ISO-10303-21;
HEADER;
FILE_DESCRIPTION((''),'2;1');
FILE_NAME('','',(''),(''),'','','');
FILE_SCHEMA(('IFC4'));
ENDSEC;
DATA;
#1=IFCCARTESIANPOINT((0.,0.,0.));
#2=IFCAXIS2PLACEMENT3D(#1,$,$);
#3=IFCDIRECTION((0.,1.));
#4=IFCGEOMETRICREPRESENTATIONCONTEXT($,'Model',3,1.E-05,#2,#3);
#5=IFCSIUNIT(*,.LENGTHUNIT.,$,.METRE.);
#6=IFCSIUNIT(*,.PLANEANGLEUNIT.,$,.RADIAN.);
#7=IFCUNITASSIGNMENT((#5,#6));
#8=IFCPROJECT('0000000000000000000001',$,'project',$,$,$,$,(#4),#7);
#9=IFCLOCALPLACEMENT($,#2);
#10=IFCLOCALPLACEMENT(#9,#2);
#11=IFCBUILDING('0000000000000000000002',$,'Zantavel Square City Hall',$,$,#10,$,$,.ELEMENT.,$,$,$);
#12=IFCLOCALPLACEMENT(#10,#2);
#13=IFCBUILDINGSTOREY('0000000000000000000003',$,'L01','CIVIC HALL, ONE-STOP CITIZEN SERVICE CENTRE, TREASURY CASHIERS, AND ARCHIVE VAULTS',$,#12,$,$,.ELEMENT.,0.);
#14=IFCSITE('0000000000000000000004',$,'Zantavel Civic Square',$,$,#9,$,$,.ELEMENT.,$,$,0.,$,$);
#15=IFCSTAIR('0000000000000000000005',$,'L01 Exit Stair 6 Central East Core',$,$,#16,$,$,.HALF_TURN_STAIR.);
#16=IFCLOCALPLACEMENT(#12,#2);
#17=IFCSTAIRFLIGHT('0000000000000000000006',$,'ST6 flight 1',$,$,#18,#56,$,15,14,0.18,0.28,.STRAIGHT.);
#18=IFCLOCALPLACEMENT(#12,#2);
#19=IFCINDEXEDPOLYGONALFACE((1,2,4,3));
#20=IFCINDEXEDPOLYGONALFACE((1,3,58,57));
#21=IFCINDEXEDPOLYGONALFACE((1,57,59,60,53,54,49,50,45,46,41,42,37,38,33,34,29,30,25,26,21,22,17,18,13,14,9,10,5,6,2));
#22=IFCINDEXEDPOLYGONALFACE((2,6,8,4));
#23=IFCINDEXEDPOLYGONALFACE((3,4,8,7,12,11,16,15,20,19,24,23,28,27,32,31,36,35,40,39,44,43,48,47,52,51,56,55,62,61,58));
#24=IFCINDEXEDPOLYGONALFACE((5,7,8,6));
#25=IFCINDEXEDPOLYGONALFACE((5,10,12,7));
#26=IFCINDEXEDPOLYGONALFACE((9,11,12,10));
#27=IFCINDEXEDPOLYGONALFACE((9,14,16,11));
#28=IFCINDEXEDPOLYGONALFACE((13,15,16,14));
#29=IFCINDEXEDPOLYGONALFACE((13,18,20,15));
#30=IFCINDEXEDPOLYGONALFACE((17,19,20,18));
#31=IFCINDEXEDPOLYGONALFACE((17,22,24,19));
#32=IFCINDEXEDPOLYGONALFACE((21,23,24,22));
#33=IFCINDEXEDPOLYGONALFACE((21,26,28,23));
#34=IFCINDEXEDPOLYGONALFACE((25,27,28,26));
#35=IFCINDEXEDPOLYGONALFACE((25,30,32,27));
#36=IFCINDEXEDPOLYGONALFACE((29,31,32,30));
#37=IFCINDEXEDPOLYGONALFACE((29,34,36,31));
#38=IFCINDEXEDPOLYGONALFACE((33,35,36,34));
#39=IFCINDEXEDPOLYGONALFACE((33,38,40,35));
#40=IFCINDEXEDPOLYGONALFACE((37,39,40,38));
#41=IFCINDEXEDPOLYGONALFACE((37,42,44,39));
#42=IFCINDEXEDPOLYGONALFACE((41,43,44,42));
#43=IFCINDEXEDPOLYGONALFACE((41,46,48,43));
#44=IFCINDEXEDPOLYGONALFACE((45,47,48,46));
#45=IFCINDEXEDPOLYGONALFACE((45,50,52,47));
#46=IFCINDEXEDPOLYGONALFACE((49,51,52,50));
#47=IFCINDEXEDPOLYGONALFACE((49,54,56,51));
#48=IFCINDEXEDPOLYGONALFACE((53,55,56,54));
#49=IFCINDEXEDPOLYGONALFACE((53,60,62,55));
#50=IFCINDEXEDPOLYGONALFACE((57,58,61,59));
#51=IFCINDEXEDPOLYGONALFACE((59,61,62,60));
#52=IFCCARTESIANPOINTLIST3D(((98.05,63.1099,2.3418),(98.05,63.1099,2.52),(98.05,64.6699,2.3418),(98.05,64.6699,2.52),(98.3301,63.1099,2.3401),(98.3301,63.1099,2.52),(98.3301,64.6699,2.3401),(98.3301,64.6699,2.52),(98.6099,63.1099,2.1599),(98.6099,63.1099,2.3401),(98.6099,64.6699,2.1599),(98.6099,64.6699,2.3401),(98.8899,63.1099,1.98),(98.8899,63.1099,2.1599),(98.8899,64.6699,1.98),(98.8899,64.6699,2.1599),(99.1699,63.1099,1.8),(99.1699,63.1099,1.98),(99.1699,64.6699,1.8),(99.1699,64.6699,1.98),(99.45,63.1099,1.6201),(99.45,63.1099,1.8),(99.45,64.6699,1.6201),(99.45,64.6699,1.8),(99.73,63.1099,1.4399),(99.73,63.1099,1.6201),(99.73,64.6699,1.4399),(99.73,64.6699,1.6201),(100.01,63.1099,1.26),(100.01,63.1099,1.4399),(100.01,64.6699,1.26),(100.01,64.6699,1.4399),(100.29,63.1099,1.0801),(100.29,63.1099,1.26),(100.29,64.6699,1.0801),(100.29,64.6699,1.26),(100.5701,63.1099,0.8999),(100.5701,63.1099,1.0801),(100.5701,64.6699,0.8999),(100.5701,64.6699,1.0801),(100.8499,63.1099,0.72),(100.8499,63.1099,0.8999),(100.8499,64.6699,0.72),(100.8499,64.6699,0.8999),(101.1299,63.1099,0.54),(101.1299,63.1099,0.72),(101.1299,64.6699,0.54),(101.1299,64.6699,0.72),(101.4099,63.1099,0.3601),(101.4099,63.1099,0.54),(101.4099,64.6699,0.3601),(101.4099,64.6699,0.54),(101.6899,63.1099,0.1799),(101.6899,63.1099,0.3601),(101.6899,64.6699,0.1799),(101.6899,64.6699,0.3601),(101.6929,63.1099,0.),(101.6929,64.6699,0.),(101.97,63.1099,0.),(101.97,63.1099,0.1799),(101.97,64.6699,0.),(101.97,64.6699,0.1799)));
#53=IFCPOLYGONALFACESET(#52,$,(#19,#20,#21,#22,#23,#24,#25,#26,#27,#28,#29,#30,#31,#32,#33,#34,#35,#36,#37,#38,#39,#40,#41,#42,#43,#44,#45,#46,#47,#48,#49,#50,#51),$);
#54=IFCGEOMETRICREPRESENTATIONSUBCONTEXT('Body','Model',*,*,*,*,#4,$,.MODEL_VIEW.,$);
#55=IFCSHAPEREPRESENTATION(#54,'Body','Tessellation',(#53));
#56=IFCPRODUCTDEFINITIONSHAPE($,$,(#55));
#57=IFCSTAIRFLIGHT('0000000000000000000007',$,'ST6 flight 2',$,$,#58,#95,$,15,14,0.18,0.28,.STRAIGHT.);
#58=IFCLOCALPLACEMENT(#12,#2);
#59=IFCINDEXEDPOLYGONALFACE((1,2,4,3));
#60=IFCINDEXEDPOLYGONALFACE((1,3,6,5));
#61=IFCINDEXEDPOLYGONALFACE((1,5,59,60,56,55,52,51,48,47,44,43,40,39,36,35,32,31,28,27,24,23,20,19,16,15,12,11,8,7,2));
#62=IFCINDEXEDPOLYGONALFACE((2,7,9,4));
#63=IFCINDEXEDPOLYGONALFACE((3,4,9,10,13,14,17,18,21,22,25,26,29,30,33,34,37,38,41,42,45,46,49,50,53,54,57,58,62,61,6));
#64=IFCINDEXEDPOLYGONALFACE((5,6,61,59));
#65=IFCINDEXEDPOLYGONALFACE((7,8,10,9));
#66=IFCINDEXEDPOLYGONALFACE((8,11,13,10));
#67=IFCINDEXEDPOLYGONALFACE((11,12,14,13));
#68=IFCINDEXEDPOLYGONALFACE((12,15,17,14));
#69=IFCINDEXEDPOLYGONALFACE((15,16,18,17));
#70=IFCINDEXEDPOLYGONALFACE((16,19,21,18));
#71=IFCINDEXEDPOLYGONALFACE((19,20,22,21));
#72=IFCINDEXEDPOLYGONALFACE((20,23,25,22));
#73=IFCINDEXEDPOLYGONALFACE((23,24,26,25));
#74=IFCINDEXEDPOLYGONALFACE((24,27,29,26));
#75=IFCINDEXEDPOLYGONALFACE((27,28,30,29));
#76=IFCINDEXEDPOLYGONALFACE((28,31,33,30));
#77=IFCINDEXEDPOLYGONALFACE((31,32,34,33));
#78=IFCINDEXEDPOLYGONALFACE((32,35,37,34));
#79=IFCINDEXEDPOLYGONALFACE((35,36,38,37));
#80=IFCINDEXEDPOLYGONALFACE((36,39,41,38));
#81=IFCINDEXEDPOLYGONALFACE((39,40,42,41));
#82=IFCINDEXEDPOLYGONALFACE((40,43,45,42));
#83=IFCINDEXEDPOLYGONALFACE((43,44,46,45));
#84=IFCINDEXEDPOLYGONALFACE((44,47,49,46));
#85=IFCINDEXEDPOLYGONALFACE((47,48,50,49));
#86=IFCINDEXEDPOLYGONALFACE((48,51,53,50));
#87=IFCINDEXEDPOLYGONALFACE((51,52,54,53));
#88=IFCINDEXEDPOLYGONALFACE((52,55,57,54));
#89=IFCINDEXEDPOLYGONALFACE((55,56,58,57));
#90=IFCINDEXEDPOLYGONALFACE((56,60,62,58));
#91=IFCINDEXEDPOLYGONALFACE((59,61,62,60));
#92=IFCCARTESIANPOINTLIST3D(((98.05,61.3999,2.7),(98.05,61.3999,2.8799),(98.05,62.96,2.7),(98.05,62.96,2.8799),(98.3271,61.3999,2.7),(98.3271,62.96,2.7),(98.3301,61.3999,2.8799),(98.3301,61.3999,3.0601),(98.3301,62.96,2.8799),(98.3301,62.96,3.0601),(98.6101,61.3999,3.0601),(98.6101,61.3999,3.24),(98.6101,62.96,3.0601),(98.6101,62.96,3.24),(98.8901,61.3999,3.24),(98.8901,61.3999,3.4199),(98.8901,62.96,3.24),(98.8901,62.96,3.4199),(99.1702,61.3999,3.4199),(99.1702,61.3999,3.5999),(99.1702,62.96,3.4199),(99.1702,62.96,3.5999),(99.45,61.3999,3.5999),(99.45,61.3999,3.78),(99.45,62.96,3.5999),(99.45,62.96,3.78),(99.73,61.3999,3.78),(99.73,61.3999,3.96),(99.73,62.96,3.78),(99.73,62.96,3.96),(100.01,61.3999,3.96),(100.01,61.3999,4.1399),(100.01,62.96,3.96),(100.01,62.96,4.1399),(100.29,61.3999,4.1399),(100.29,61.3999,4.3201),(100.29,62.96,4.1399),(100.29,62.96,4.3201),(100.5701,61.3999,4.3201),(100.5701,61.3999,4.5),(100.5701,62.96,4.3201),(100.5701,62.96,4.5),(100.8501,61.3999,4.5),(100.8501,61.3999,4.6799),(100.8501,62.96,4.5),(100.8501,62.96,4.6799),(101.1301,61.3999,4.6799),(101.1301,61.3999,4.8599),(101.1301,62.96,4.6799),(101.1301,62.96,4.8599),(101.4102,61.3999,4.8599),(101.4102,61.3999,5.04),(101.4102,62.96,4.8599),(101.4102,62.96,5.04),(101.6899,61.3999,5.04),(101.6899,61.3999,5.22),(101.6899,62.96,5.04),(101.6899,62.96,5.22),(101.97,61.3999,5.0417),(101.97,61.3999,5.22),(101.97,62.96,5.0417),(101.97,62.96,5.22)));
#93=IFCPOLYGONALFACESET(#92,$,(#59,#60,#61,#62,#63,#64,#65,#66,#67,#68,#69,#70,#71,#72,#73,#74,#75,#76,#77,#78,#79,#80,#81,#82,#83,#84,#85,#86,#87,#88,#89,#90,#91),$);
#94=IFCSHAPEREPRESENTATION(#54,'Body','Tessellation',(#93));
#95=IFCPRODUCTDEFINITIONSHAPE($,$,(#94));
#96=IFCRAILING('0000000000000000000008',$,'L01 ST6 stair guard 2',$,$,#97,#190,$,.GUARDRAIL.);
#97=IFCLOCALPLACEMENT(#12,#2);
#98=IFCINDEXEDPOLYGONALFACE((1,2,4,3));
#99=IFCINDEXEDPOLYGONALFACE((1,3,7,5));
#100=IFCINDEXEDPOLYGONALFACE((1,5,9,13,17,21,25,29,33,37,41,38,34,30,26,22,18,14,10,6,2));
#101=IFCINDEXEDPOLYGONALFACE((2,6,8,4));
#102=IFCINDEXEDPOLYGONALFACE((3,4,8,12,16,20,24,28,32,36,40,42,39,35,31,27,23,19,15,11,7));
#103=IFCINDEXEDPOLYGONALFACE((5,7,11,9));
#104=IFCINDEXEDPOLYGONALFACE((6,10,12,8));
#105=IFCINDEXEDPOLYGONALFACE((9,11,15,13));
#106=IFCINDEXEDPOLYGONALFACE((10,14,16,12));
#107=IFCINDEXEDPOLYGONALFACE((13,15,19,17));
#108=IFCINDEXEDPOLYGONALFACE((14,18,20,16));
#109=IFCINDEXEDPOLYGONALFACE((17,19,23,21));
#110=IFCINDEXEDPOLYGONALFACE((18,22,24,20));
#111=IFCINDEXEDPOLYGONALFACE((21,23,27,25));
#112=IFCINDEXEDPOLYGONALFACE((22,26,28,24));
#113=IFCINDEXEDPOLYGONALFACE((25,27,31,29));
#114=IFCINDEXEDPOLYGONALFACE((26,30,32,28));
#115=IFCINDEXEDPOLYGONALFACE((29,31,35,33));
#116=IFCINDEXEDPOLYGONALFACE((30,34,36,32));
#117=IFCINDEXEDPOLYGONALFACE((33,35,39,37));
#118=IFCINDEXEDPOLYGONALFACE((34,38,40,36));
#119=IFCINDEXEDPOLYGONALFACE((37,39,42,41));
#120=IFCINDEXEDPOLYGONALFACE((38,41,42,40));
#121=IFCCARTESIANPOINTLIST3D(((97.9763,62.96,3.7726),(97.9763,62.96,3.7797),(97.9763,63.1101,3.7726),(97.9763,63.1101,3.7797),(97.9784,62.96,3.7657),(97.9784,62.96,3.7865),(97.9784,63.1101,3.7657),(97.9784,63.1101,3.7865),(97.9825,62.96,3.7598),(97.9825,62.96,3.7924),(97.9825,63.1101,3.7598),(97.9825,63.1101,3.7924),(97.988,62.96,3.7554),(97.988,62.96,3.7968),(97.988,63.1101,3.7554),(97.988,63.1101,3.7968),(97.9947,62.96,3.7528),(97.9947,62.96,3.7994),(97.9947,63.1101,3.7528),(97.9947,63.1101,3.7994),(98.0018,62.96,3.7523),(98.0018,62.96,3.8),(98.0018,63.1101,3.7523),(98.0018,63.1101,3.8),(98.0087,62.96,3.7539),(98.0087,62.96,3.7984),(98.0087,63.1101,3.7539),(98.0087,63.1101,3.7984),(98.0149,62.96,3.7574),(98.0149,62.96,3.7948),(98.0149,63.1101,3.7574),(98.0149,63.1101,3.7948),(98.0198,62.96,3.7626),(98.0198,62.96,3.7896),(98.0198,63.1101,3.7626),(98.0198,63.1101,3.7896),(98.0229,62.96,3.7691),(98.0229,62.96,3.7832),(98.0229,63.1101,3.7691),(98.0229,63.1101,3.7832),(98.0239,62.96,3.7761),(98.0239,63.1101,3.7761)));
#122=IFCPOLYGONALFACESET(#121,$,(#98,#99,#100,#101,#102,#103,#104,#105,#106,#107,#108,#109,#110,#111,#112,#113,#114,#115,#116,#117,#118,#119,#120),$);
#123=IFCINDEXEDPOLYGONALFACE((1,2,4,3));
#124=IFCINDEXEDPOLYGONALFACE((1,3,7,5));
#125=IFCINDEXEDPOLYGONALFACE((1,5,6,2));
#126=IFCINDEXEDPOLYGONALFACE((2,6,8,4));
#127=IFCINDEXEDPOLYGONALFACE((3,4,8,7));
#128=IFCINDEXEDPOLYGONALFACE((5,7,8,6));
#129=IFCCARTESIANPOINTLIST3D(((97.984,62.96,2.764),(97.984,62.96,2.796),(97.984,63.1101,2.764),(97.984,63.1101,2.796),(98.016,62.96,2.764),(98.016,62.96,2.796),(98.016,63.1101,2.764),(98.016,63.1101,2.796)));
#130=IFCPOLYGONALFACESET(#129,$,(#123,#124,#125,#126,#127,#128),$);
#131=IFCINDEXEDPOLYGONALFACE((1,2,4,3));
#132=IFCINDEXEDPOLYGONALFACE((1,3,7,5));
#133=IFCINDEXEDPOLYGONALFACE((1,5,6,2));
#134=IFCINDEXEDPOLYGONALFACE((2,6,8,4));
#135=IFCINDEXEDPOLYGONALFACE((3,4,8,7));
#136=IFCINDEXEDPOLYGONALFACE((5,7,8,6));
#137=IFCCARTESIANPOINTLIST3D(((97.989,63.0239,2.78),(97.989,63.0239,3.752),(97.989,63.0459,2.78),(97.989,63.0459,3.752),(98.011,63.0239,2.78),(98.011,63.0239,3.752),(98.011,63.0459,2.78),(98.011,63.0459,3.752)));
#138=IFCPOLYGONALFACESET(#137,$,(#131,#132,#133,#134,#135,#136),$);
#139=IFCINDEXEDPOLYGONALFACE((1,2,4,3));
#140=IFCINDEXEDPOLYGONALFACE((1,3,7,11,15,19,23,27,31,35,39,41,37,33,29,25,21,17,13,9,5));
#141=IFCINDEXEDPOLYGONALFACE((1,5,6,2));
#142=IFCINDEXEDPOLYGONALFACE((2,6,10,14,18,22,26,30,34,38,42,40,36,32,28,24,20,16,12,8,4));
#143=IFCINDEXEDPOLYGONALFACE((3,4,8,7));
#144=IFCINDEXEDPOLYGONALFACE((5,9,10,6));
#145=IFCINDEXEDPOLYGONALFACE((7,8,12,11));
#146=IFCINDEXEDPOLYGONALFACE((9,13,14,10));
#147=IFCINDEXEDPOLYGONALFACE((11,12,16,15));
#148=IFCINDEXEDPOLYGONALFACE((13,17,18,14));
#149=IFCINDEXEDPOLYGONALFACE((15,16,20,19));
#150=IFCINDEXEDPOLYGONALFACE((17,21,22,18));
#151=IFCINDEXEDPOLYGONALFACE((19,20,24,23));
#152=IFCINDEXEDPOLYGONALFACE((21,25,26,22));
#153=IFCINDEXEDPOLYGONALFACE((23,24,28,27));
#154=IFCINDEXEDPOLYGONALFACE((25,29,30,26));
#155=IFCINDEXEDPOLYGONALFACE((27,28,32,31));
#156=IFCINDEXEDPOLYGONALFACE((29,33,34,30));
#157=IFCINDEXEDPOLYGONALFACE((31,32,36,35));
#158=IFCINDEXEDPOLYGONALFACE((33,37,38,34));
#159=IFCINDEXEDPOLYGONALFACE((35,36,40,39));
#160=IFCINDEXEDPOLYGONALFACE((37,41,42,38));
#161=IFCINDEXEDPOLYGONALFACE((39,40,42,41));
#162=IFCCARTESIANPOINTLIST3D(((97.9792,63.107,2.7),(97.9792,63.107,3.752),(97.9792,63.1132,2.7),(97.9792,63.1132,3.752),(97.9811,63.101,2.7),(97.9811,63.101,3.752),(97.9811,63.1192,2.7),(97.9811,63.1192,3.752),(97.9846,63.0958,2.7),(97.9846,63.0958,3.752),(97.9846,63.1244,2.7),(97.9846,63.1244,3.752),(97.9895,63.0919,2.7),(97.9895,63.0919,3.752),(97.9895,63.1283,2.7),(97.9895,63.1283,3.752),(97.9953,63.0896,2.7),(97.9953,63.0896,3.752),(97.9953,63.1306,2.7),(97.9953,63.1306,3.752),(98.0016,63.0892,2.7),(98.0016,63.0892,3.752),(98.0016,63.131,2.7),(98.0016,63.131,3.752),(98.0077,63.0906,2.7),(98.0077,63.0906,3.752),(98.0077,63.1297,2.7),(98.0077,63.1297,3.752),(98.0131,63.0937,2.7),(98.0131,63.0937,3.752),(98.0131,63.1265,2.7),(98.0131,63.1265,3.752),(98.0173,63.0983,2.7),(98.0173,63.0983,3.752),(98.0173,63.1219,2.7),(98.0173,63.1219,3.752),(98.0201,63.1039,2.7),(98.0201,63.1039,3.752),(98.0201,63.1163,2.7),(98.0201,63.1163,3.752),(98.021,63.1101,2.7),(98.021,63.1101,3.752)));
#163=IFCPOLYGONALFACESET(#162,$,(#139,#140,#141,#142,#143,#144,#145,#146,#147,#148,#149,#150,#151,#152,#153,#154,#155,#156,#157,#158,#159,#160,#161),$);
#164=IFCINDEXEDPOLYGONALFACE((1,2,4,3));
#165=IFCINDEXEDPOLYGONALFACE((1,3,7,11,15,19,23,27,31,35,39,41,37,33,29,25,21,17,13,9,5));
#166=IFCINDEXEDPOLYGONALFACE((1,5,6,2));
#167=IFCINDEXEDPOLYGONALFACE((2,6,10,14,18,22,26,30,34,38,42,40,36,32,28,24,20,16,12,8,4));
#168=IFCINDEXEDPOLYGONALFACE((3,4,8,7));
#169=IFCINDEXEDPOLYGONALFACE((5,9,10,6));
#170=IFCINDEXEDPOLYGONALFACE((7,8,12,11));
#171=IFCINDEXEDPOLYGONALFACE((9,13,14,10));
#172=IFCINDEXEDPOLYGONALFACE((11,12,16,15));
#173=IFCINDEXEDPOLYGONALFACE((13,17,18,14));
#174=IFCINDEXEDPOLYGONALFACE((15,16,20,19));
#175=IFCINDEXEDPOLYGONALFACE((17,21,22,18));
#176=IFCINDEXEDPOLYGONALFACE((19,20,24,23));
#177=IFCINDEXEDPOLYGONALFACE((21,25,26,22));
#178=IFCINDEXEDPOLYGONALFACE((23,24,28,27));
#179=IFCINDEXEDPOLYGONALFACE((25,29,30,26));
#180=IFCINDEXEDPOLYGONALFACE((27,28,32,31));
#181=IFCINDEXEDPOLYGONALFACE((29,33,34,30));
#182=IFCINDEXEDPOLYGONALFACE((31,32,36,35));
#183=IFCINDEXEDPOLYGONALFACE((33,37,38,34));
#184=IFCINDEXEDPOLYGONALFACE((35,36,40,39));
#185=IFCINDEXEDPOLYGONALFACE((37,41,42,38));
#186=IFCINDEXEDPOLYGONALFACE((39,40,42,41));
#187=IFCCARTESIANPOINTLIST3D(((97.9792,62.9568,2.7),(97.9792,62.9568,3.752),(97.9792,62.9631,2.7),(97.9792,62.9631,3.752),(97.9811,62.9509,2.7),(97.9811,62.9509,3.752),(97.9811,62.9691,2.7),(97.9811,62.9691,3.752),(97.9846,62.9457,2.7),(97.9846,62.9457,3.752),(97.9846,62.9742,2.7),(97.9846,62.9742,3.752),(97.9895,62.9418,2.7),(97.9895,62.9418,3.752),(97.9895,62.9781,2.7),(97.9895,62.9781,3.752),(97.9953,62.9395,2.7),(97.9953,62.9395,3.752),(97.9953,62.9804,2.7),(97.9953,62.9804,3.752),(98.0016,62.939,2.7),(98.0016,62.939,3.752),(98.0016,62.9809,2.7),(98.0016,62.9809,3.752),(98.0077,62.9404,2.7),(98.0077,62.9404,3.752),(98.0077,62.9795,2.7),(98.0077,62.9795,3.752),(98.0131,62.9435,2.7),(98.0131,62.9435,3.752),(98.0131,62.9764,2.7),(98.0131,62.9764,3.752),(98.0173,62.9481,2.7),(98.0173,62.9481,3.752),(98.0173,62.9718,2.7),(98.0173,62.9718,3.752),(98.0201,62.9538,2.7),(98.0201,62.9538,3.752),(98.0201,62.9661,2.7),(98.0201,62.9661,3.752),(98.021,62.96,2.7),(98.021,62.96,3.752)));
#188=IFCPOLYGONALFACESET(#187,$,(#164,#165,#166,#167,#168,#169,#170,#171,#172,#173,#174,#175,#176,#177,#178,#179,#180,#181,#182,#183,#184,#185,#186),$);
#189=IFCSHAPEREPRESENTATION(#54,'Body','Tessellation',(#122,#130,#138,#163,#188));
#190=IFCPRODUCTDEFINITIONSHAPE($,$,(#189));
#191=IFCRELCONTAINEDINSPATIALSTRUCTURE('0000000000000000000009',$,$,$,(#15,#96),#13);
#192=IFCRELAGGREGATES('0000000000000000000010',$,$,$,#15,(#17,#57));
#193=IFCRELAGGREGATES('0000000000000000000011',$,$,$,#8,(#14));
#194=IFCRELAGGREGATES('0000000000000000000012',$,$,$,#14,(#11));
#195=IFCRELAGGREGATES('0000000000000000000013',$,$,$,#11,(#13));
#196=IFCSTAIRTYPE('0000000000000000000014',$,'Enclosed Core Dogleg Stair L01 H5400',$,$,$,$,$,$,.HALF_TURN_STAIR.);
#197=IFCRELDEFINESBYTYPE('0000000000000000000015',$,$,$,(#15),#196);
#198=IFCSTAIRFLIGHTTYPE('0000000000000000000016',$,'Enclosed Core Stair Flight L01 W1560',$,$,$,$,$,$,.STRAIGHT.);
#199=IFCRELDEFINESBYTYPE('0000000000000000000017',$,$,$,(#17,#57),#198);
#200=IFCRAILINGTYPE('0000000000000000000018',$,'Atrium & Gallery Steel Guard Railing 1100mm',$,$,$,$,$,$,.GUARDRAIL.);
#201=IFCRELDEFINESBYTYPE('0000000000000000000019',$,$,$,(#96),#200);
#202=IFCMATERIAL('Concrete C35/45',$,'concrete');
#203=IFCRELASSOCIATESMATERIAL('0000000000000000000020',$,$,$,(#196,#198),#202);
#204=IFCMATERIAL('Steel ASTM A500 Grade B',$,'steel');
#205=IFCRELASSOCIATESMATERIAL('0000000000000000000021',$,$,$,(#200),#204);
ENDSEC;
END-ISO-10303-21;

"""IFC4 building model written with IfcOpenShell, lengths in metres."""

from ifc_helpers import new_model, si_unit, direction, frame, origin, origin_2d, place, context, subcontext, project, spatial, polyline, rectangle, circle, outline, extrude, material, type_object, element, aggregate, save


model = new_model("IFC4")

# Units and contexts
model_context = context("Model", 3, precision=1e-05, world=origin(), true_north=direction((0.0, 1.0)))
body_context = subcontext(model_context, "Body", "Model", "MODEL_VIEW")
ifc_project = project(units=[si_unit("LENGTHUNIT", "METRE"), si_unit("PLANEANGLEUNIT", "RADIAN")], contexts=[model_context])

# Site, building, storey
site_placement = place(None, origin())
site = spatial("IfcSite", under=ifc_project, at=site_placement, Name="Zantavel Civic Square", CompositionType="ELEMENT", RefElevation=0.0)
building_placement = place(site_placement, origin())
building = spatial("IfcBuilding", under=site, at=building_placement, Name="Zantavel Square City Hall", CompositionType="ELEMENT")
storey_placement = place(building_placement, origin())
storey = spatial("IfcBuildingStorey", under=building, at=storey_placement, Name="L01", Description="CIVIC HALL, ONE-STOP CITIZEN SERVICE CENTRE, TREASURY CASHIERS, AND ARCHIVE VAULTS", CompositionType="ELEMENT", Elevation=0.0)

# Shared definitions
ifc_material_1 = material(Name="Concrete C35/45", Category="concrete")

# Shared definitions
ifc_material_2 = material(Name="Steel ASTM A500 Grade B", Category="steel")

# Stair, stair flights
stair_type = type_object("IfcStairType", Name="Enclosed Core Dogleg Stair L01 H5400", PredefinedType="HALF_TURN_STAIR", material=ifc_material_1)
stair_placement = place(storey_placement, origin())
stair = element("IfcStair", 1, at=stair_placement, inside=storey, type_object=stair_type, Name="L01 Exit Stair 6 Central East Core", PredefinedType="HALF_TURN_STAIR")
stair_flight_type = type_object("IfcStairFlightType", Name="Enclosed Core Stair Flight L01 W1560", PredefinedType="STRAIGHT", material=ifc_material_1)
stair_flight_1_placement = place(storey_placement, frame((101.97, 63.8899, 0.0), z_axis=(0.0, 0.0, 1.0), x_axis=(-1.0, 0.0, 0.0)))
stair_flight_1 = element("IfcStairFlight", 2, at=stair_flight_1_placement, type_object=stair_flight_type, Name="ST6 flight 1", NumberOfRisers=15, NumberOfTreads=14, PredefinedType="STRAIGHT", RiserHeight=0.18, TreadLength=0.28, context=body_context, shape_type="SweptSolid", body=[
    extrude(outline(polyline([(0.0, 0.0), (0.0, 0.1799), (0.28, 0.1799), (0.28, 0.3601), (0.5601, 0.3601), (0.5601, 0.54), (0.8401, 0.54), (0.8401, 0.72), (1.1201, 0.72), (1.1201, 0.8999), (1.3999, 0.8999), (1.3999, 1.0801), (1.6799, 1.0801), (1.6799, 1.26), (1.96, 1.26), (1.96, 1.4399), (2.24, 1.4399), (2.24, 1.6201), (2.52, 1.6201), (2.52, 1.8), (2.8, 1.8), (2.8, 1.98), (3.0801, 1.98), (3.0801, 2.1599), (3.3601, 2.1599), (3.3601, 2.3401), (3.6399, 2.3401), (3.6399, 2.52), (3.9199, 2.52), (3.9199, 2.7), (3.9199, 2.3418), (0.2771, 0.0), (0.0, 0.0)])), frame((0.0, 0.78, 0.0), z_axis=(0.0, -1.0, 0.0), x_axis=(1.0, 0.0, 0.0)), (0.0, 0.0, 1.0), 1.5601),
])
stair_flight_2_placement = place(storey_placement, frame((98.05, 62.1799, 2.7), z_axis=(0.0, 0.0, 1.0), x_axis=(1.0, 0.0, 0.0)))
stair_flight_2 = element("IfcStairFlight", 3, at=stair_flight_2_placement, type_object=stair_flight_type, Name="ST6 flight 2", NumberOfRisers=15, NumberOfTreads=14, PredefinedType="STRAIGHT", RiserHeight=0.18, TreadLength=0.28, context=body_context, shape_type="SweptSolid", body=[
    extrude(outline(polyline([(0.0, 0.0), (0.0, 0.1799), (0.28, 0.1799), (0.28, 0.3601), (0.5601, 0.3601), (0.5601, 0.54), (0.8401, 0.54), (0.8401, 0.72), (1.1201, 0.72), (1.1201, 0.8999), (1.3999, 0.8999), (1.3999, 1.0801), (1.6799, 1.0801), (1.6799, 1.26), (1.96, 1.26), (1.96, 1.4399), (2.24, 1.4399), (2.24, 1.6201), (2.52, 1.6201), (2.52, 1.8), (2.8, 1.8), (2.8, 1.98), (3.0801, 1.98), (3.0801, 2.1599), (3.3601, 2.1599), (3.3601, 2.3401), (3.6399, 2.3401), (3.6399, 2.52), (3.9199, 2.52), (3.9199, 2.7), (3.9199, 2.3418), (0.2771, 0.0), (0.0, 0.0)])), frame((0.0, 0.78, 0.0), z_axis=(0.0, -1.0, 0.0), x_axis=(1.0, 0.0, 0.0)), (0.0, 0.0, 1.0), 1.5601),
])
aggregate(stair, [stair_flight_1, stair_flight_2])

# Railing
railing_type_1 = type_object("IfcRailingType", Name="Atrium & Gallery Steel Guard Railing 1100mm", PredefinedType="GUARDRAIL", material=ifc_material_2)
railing_1_placement = place(storey_placement, frame((98.0, 63.1101, 2.7)))
element("IfcRailing", 4, at=railing_1_placement, inside=storey, type_object=railing_type_1, Name="L01 ST6 stair guard 2", PredefinedType="GUARDRAIL", context=body_context, shape_type="SweptSolid", body=[
    extrude(circle(Radius=0.0239, at=origin_2d()), frame((0.0, 0.0, 1.0762), z_axis=(0.0, -1.0, 0.0), x_axis=(1.0, 0.0, 0.0)), (0.0, 0.0, 1.0), 0.1501),
    extrude(rectangle(XDim=0.032, YDim=0.032, at=origin_2d()), frame((0.0, 0.0, 0.0801), z_axis=(0.0, -1.0, 0.0), x_axis=(1.0, 0.0, 0.0)), (0.0, 0.0, 1.0), 0.1501),
    extrude(rectangle(XDim=0.022, YDim=0.022, at=origin_2d()), frame((0.0, -0.0752, 0.0801)), (0.0, 0.0, 1.0), 0.9719),
    extrude(circle(Radius=0.021, at=origin_2d()), origin(), (0.0, 0.0, 1.0), 1.052),
    extrude(circle(Radius=0.021, at=origin_2d()), frame((0.0, -0.1501, 0.0)), (0.0, 0.0, 1.0), 1.052),
])

save(model, "model.ifc")
